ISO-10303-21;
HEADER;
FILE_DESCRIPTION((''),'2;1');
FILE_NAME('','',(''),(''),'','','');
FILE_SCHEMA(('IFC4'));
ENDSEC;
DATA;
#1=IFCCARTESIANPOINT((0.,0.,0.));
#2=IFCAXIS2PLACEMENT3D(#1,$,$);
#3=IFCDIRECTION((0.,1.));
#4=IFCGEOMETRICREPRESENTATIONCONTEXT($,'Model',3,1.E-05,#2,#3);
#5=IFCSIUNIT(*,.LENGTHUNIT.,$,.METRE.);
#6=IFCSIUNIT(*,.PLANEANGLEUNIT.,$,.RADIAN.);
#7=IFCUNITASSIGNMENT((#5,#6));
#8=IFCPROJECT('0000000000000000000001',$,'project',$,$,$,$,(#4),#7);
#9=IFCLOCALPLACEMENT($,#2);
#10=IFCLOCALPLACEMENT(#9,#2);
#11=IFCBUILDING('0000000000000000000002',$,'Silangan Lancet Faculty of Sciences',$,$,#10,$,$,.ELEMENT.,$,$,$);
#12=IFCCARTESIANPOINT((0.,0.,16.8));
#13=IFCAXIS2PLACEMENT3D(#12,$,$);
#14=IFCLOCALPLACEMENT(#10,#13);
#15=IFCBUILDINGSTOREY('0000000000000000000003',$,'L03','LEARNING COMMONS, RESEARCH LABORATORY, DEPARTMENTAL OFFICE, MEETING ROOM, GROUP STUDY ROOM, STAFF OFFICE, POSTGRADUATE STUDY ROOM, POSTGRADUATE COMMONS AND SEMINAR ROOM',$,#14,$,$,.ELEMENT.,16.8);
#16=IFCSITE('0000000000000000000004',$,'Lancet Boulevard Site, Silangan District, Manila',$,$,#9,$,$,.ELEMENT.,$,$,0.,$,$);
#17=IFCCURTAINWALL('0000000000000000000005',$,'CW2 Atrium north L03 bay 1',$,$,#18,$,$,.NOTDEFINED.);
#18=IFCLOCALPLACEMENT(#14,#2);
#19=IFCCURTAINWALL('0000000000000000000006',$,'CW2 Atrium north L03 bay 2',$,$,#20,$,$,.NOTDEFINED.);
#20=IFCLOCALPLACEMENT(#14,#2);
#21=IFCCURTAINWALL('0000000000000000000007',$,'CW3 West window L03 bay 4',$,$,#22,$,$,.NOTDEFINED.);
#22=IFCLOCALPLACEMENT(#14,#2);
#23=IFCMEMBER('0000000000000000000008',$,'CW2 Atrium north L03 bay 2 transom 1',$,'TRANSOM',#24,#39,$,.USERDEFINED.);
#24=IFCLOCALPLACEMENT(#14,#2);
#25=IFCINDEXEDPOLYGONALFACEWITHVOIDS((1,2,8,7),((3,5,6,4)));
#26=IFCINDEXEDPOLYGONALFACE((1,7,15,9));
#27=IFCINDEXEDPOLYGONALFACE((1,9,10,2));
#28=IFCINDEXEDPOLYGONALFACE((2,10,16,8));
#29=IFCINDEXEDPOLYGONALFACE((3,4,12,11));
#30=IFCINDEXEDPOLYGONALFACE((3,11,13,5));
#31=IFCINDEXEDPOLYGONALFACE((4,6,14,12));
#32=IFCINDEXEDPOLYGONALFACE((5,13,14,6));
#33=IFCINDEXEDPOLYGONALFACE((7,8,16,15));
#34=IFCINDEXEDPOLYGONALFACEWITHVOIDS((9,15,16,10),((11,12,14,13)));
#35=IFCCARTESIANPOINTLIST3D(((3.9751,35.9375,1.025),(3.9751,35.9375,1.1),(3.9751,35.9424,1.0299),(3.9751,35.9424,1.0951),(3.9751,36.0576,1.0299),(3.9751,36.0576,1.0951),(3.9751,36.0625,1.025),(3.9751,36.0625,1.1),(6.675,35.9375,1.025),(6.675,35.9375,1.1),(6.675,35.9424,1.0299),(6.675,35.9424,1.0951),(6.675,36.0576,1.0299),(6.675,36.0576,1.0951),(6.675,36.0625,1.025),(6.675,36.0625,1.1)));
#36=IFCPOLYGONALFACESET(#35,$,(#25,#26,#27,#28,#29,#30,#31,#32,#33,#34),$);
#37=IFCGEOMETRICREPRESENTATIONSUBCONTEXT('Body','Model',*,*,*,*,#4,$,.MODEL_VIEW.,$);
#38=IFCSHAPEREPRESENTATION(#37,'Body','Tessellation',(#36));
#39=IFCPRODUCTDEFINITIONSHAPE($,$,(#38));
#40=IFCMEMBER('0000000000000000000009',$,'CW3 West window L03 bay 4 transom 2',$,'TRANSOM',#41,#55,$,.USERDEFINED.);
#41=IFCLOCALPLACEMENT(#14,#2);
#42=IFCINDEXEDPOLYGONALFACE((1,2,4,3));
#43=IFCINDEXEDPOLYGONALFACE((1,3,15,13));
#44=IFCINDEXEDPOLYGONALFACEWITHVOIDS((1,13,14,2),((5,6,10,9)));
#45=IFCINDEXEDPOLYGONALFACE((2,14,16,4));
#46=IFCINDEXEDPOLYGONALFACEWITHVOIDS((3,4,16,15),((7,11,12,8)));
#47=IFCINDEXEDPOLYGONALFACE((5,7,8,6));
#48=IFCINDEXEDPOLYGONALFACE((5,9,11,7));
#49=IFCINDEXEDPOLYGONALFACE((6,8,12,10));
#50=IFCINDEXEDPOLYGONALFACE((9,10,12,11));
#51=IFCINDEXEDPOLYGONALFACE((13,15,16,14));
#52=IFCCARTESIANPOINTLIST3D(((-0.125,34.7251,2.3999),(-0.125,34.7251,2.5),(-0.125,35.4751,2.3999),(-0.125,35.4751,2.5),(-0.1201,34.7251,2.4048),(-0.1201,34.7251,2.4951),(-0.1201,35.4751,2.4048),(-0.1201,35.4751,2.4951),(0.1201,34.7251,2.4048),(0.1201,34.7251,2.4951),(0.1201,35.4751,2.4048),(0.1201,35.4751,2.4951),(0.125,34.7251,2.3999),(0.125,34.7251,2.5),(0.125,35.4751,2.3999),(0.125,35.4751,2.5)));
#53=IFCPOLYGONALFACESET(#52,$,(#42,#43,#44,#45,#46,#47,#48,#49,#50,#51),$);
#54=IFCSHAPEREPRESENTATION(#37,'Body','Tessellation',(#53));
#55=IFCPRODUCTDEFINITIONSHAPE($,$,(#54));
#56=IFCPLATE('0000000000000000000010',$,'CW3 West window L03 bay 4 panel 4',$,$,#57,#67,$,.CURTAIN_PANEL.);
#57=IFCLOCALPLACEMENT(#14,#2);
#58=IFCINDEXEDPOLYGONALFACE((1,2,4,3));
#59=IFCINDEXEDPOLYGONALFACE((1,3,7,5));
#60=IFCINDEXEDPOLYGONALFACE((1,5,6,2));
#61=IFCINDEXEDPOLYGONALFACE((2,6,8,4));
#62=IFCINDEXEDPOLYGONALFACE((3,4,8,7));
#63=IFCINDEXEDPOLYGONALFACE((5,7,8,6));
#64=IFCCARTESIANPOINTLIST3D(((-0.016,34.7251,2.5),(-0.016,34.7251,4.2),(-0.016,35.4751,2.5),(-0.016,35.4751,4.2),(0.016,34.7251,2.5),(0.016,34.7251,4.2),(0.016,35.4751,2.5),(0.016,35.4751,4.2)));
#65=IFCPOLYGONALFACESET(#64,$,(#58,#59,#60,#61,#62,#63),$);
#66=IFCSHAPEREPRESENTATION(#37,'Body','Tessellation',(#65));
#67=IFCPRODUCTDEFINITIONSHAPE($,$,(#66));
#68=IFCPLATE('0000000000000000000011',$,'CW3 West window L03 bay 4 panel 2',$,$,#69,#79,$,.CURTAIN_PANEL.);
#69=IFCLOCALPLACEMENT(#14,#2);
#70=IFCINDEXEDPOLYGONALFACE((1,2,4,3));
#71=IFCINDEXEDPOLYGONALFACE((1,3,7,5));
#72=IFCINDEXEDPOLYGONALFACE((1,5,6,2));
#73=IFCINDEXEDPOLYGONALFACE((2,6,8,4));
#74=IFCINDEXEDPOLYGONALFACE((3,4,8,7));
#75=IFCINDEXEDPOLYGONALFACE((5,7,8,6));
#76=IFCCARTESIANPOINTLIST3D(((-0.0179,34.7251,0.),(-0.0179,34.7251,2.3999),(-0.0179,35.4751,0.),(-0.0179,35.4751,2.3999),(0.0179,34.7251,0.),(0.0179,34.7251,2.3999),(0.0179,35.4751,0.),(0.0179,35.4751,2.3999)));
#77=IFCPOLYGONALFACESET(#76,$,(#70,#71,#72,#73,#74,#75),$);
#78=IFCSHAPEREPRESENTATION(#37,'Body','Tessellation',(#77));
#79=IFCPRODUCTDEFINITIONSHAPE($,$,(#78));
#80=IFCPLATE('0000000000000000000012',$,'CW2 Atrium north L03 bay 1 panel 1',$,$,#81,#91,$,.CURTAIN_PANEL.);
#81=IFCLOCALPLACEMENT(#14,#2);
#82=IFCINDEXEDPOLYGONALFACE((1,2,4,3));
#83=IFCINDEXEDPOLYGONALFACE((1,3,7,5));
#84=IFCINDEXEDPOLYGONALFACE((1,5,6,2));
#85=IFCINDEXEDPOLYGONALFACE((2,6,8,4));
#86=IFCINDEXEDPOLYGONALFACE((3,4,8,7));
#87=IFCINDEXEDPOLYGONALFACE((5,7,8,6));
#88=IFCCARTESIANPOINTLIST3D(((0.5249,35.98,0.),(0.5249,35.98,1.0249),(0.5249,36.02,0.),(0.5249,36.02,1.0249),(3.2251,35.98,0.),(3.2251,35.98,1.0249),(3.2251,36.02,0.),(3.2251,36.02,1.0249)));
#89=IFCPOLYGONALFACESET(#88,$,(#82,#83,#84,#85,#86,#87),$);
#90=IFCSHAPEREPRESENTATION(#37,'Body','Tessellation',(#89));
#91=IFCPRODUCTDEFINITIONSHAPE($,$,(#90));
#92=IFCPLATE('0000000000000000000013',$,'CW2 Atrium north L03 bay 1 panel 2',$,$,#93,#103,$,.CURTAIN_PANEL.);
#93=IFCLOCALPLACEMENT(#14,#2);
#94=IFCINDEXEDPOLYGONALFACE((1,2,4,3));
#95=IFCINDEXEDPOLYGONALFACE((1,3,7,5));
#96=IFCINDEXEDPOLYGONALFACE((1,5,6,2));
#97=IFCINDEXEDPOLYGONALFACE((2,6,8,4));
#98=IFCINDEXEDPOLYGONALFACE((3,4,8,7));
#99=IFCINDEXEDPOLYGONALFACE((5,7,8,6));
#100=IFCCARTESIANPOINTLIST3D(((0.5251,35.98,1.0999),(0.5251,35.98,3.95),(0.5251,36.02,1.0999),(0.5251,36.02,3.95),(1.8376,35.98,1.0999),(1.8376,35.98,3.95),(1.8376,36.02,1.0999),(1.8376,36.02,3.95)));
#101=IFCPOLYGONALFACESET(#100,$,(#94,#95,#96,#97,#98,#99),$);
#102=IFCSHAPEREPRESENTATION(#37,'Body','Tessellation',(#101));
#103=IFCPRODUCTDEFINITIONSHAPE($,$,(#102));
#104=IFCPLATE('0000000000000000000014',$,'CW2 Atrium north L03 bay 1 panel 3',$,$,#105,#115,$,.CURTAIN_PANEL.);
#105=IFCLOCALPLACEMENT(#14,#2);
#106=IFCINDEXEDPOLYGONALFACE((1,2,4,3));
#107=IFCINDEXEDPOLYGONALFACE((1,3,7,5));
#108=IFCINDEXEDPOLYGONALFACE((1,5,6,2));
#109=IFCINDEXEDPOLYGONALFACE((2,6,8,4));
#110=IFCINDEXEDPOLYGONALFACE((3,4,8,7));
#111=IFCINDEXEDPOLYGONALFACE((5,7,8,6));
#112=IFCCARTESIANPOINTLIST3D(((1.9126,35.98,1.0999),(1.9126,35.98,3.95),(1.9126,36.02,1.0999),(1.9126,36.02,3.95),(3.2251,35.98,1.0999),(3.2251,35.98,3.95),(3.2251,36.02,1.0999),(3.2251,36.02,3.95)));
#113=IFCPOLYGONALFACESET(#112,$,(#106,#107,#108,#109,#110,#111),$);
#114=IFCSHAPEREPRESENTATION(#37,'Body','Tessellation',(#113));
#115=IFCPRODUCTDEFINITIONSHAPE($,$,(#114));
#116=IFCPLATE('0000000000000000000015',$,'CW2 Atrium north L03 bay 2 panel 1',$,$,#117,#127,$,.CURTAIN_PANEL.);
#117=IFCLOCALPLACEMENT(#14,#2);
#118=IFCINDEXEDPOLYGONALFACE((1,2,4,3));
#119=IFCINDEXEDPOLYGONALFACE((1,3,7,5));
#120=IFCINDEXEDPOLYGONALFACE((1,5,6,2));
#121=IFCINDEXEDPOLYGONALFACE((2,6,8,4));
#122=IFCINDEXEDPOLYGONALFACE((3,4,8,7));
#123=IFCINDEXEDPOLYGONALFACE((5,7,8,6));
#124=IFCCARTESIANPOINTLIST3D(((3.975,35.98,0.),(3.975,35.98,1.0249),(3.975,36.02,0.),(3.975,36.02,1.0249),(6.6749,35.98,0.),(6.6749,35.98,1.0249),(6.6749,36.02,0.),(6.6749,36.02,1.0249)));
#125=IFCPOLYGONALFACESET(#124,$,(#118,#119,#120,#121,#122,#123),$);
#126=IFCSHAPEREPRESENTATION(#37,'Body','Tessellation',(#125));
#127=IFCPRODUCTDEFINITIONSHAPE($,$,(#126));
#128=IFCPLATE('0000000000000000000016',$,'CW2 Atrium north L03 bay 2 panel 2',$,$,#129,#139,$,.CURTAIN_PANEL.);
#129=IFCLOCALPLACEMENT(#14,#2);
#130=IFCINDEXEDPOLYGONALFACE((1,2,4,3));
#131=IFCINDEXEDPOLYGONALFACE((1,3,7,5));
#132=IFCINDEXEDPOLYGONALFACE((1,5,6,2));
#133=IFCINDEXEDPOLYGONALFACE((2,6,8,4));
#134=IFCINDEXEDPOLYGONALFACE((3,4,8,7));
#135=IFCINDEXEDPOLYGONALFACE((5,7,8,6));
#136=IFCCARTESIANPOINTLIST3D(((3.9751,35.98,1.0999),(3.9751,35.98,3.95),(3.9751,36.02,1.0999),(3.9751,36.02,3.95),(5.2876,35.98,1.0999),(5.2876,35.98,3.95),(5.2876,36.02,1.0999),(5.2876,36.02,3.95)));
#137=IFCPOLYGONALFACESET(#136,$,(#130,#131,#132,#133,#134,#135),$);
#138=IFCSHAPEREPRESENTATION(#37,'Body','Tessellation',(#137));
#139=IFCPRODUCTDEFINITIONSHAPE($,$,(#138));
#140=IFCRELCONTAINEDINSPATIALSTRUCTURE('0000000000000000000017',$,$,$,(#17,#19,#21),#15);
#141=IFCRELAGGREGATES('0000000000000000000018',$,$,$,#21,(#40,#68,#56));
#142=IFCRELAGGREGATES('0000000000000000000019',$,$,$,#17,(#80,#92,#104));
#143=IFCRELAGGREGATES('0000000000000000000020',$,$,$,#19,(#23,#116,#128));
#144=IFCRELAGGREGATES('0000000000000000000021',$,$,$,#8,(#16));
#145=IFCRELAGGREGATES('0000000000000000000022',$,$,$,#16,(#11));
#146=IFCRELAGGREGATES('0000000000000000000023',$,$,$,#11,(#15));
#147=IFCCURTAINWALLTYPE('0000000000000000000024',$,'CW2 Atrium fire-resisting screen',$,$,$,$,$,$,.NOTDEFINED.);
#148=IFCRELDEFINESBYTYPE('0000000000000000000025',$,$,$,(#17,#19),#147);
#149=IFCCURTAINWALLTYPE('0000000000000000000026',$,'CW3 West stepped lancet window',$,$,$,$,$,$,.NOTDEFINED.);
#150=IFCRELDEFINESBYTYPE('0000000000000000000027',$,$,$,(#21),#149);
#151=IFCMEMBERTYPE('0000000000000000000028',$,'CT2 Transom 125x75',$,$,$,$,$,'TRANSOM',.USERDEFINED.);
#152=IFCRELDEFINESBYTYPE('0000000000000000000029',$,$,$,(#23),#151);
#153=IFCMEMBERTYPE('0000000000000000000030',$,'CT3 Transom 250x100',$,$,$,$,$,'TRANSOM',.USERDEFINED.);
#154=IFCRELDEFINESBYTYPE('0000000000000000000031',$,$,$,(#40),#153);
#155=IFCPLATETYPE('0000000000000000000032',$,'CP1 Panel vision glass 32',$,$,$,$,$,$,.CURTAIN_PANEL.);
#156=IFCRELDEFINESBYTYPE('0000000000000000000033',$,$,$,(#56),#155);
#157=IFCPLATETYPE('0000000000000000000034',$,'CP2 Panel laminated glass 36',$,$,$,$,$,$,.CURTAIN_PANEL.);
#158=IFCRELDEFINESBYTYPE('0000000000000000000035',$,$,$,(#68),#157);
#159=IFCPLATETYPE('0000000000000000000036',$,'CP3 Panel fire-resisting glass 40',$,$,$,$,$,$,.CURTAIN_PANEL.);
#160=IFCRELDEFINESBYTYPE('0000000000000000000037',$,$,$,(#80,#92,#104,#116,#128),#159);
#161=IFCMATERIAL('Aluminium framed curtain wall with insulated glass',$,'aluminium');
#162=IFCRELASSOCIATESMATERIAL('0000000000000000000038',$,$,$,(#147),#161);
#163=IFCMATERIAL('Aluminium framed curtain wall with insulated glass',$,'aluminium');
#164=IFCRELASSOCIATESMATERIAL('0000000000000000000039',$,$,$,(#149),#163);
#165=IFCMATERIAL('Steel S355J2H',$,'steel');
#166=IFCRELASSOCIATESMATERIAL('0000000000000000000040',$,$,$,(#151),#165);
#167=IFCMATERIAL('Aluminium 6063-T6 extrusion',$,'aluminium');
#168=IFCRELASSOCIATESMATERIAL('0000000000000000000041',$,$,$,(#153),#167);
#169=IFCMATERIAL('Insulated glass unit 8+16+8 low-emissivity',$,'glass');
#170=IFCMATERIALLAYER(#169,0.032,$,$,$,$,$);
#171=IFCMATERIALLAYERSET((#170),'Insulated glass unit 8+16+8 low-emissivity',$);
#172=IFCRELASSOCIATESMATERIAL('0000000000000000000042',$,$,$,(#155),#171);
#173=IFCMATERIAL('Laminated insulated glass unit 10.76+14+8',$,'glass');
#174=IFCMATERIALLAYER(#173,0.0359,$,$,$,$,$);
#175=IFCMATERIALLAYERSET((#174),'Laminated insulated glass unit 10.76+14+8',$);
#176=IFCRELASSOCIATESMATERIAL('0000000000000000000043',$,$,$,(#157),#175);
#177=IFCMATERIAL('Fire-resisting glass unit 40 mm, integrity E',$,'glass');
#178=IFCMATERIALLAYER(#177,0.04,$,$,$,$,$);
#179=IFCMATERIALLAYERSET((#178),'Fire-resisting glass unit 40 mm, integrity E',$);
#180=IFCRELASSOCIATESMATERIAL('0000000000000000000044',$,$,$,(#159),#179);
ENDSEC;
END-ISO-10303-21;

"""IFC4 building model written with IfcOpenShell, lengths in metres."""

from ifc_helpers import new_model, si_unit, direction, frame, origin, origin_2d, place, context, subcontext, project, spatial, rectangle, hollow_rectangle, extrude, material, layer, layer_set, material_profile, profile_set, type_object, element, aggregate, save


model = new_model("IFC4")

# Units and contexts
model_context = context("Model", 3, precision=1e-05, world=origin(), true_north=direction((0.0, 1.0)))
body_context = subcontext(model_context, "Body", "Model", "MODEL_VIEW")
ifc_project = project(units=[si_unit("LENGTHUNIT", "METRE"), si_unit("PLANEANGLEUNIT", "RADIAN")], contexts=[model_context])

# Site, building, storey
site_placement = place(None, origin())
site = spatial("IfcSite", under=ifc_project, at=site_placement, Name="Lancet Boulevard Site, Silangan District, Manila", CompositionType="ELEMENT", RefElevation=0.0)
building_placement = place(site_placement, origin())
building = spatial("IfcBuilding", under=site, at=building_placement, Name="Silangan Lancet Faculty of Sciences", CompositionType="ELEMENT")
storey_placement = place(building_placement, frame((0.0, 0.0, 16.8)))
storey = spatial("IfcBuildingStorey", under=building, at=storey_placement, Name="L03", Description="LEARNING COMMONS, RESEARCH LABORATORY, DEPARTMENTAL OFFICE, MEETING ROOM, GROUP STUDY ROOM, STAFF OFFICE, POSTGRADUATE STUDY ROOM, POSTGRADUATE COMMONS AND SEMINAR ROOM", CompositionType="ELEMENT", Elevation=16.8)

# Curtain walls
ifc_material_1 = material(Name="Aluminium framed curtain wall with insulated glass", Category="aluminium")
curtain_wall_type_1 = type_object("IfcCurtainWallType", Name="CW2 Atrium fire-resisting screen", PredefinedType="NOTDEFINED", material=ifc_material_1)
curtain_wall_1_placement = place(storey_placement, origin())
curtain_wall_1 = element("IfcCurtainWall", 1, at=curtain_wall_1_placement, inside=storey, type_object=curtain_wall_type_1, Name="CW2 Atrium north L03 bay 1", PredefinedType="NOTDEFINED")
curtain_wall_2_placement = place(storey_placement, origin())
curtain_wall_2 = element("IfcCurtainWall", 2, at=curtain_wall_2_placement, inside=storey, type_object=curtain_wall_type_1, Name="CW2 Atrium north L03 bay 2", PredefinedType="NOTDEFINED")
ifc_material_2 = material(Name="Aluminium framed curtain wall with insulated glass", Category="aluminium")
curtain_wall_type_2 = type_object("IfcCurtainWallType", Name="CW3 West stepped lancet window", PredefinedType="NOTDEFINED", material=ifc_material_2)
curtain_wall_3_placement = place(storey_placement, origin())
curtain_wall_3 = element("IfcCurtainWall", 3, at=curtain_wall_3_placement, inside=storey, type_object=curtain_wall_type_2, Name="CW3 West window L03 bay 4", PredefinedType="NOTDEFINED")

# Members
ifc_material_3 = material(Name="Steel S355J2H", Category="steel")
ifc_material_profile_1 = material_profile(ifc_material_3, hollow_rectangle(XDim=0.125, YDim=0.075, WallThickness=0.0049, at=origin_2d()), Name="ST BOX 125x75x5")
ifc_profile_set_1 = profile_set([ifc_material_profile_1], Name="Steel S355J2H")
member_type_1 = type_object("IfcMemberType", Name="CT2 Transom 125x75", ElementType="TRANSOM", PredefinedType="USERDEFINED", material=ifc_profile_set_1)
member_1_placement = place(storey_placement, frame((3.9751, 36.0, 1.0625), z_axis=(1.0, 0.0, 0.0), x_axis=(0.0, 1.0, 0.0)))
member_1 = element("IfcMember", 4, at=member_1_placement, type_object=member_type_1, Name="CW2 Atrium north L03 bay 2 transom 1", ObjectType="TRANSOM", PredefinedType="USERDEFINED", context=body_context, shape_type="SweptSolid", body=[
    extrude(hollow_rectangle(XDim=0.125, YDim=0.075, WallThickness=0.0049, at=origin_2d()), origin(), (0.0, 0.0, 1.0), 2.7),
])
ifc_material_4 = material(Name="Aluminium 6063-T6 extrusion", Category="aluminium")
ifc_material_profile_2 = material_profile(ifc_material_4, hollow_rectangle(XDim=0.25, YDim=0.1001, WallThickness=0.0049, at=origin_2d()), Name="AL BOX 250x100x5")
ifc_profile_set_2 = profile_set([ifc_material_profile_2], Name="Aluminium 6063-T6 extrusion")
member_type_2 = type_object("IfcMemberType", Name="CT3 Transom 250x100", ElementType="TRANSOM", PredefinedType="USERDEFINED", material=ifc_profile_set_2)
member_2_placement = place(storey_placement, frame((0.0, 34.7251, 2.45), z_axis=(0.0, 1.0, 0.0), x_axis=(-1.0, 0.0, 0.0)))
member_2 = element("IfcMember", 5, at=member_2_placement, type_object=member_type_2, Name="CW3 West window L03 bay 4 transom 2", ObjectType="TRANSOM", PredefinedType="USERDEFINED", context=body_context, shape_type="SweptSolid", body=[
    extrude(hollow_rectangle(XDim=0.25, YDim=0.1001, WallThickness=0.0049, at=origin_2d()), origin(), (0.0, 0.0, 1.0), 0.75),
])

# Plates
ifc_material_5 = material(Name="Insulated glass unit 8+16+8 low-emissivity", Category="glass")
ifc_layer_1 = layer(ifc_material_5, 0.032)
ifc_layer_set_1 = layer_set([ifc_layer_1], Name="Insulated glass unit 8+16+8 low-emissivity")
plate_type_1 = type_object("IfcPlateType", Name="CP1 Panel vision glass 32", PredefinedType="CURTAIN_PANEL", material=ifc_layer_set_1)
plate_1_placement = place(storey_placement, frame((0.0, 35.1001, 2.5), z_axis=(0.0, 0.0, 1.0), x_axis=(0.0, 1.0, 0.0)))
plate_1 = element("IfcPlate", 6, at=plate_1_placement, type_object=plate_type_1, Name="CW3 West window L03 bay 4 panel 4", PredefinedType="CURTAIN_PANEL", context=body_context, shape_type="SweptSolid", body=[
    extrude(rectangle(XDim=0.75, YDim=0.032, at=origin_2d()), origin(), (0.0, 0.0, 1.0), 1.7),
])
ifc_material_6 = material(Name="Laminated insulated glass unit 10.76+14+8", Category="glass")
ifc_layer_2 = layer(ifc_material_6, 0.0359)
ifc_layer_set_2 = layer_set([ifc_layer_2], Name="Laminated insulated glass unit 10.76+14+8")
plate_type_2 = type_object("IfcPlateType", Name="CP2 Panel laminated glass 36", PredefinedType="CURTAIN_PANEL", material=ifc_layer_set_2)
plate_2_placement = place(storey_placement, frame((0.0, 35.1001, 0.0), z_axis=(0.0, 0.0, 1.0), x_axis=(0.0, 1.0, 0.0)))
plate_2 = element("IfcPlate", 7, at=plate_2_placement, type_object=plate_type_2, Name="CW3 West window L03 bay 4 panel 2", PredefinedType="CURTAIN_PANEL", context=body_context, shape_type="SweptSolid", body=[
    extrude(rectangle(XDim=0.75, YDim=0.0359, at=origin_2d()), origin(), (0.0, 0.0, 1.0), 2.3999),
])
aggregate(curtain_wall_3, [member_2, plate_2, plate_1])
ifc_material_7 = material(Name="Fire-resisting glass unit 40 mm, integrity E", Category="glass")
ifc_layer_3 = layer(ifc_material_7, 0.04)
ifc_layer_set_3 = layer_set([ifc_layer_3], Name="Fire-resisting glass unit 40 mm, integrity E")
plate_type_3 = type_object("IfcPlateType", Name="CP3 Panel fire-resisting glass 40", PredefinedType="CURTAIN_PANEL", material=ifc_layer_set_3)
plate_3_placement = place(storey_placement, frame((1.875, 36.0, 0.0), z_axis=(0.0, 0.0, 1.0), x_axis=(1.0, 0.0, 0.0)))
plate_3 = element("IfcPlate", 8, at=plate_3_placement, type_object=plate_type_3, Name="CW2 Atrium north L03 bay 1 panel 1", PredefinedType="CURTAIN_PANEL", context=body_context, shape_type="SweptSolid", body=[
    extrude(rectangle(XDim=2.7002, YDim=0.04, at=origin_2d()), origin(), (0.0, 0.0, 1.0), 1.0249),
])
plate_4_placement = place(storey_placement, frame((1.1814, 36.0, 1.0999), z_axis=(0.0, 0.0, 1.0), x_axis=(1.0, 0.0, 0.0)))
plate_4 = element("IfcPlate", 9, at=plate_4_placement, type_object=plate_type_3, Name="CW2 Atrium north L03 bay 1 panel 2", PredefinedType="CURTAIN_PANEL", context=body_context, shape_type="SweptSolid", body=[
    extrude(rectangle(XDim=1.3125, YDim=0.04, at=origin_2d()), origin(), (0.0, 0.0, 1.0), 2.8501),
])
plate_5_placement = place(storey_placement, frame((2.5688, 36.0, 1.0999), z_axis=(0.0, 0.0, 1.0), x_axis=(1.0, 0.0, 0.0)))
plate_5 = element("IfcPlate", 10, at=plate_5_placement, type_object=plate_type_3, Name="CW2 Atrium north L03 bay 1 panel 3", PredefinedType="CURTAIN_PANEL", context=body_context, shape_type="SweptSolid", body=[
    extrude(rectangle(XDim=1.3125, YDim=0.04, at=origin_2d()), origin(), (0.0, 0.0, 1.0), 2.8501),
])
aggregate(curtain_wall_1, [plate_3, plate_4, plate_5])
plate_6_placement = place(storey_placement, frame((5.325, 36.0, 0.0), z_axis=(0.0, 0.0, 1.0), x_axis=(1.0, 0.0, 0.0)))
plate_6 = element("IfcPlate", 11, at=plate_6_placement, type_object=plate_type_3, Name="CW2 Atrium north L03 bay 2 panel 1", PredefinedType="CURTAIN_PANEL", context=body_context, shape_type="SweptSolid", body=[
    extrude(rectangle(XDim=2.7, YDim=0.04, at=origin_2d()), origin(), (0.0, 0.0, 1.0), 1.0249),
])
plate_7_placement = place(storey_placement, frame((4.6313, 36.0, 1.0999), z_axis=(0.0, 0.0, 1.0), x_axis=(1.0, 0.0, 0.0)))
plate_7 = element("IfcPlate", 12, at=plate_7_placement, type_object=plate_type_3, Name="CW2 Atrium north L03 bay 2 panel 2", PredefinedType="CURTAIN_PANEL", context=body_context, shape_type="SweptSolid", body=[
    extrude(rectangle(XDim=1.3125, YDim=0.04, at=origin_2d()), origin(), (0.0, 0.0, 1.0), 2.8501),
])
aggregate(curtain_wall_2, [member_1, plate_6, plate_7])

save(model, "model.ifc")
